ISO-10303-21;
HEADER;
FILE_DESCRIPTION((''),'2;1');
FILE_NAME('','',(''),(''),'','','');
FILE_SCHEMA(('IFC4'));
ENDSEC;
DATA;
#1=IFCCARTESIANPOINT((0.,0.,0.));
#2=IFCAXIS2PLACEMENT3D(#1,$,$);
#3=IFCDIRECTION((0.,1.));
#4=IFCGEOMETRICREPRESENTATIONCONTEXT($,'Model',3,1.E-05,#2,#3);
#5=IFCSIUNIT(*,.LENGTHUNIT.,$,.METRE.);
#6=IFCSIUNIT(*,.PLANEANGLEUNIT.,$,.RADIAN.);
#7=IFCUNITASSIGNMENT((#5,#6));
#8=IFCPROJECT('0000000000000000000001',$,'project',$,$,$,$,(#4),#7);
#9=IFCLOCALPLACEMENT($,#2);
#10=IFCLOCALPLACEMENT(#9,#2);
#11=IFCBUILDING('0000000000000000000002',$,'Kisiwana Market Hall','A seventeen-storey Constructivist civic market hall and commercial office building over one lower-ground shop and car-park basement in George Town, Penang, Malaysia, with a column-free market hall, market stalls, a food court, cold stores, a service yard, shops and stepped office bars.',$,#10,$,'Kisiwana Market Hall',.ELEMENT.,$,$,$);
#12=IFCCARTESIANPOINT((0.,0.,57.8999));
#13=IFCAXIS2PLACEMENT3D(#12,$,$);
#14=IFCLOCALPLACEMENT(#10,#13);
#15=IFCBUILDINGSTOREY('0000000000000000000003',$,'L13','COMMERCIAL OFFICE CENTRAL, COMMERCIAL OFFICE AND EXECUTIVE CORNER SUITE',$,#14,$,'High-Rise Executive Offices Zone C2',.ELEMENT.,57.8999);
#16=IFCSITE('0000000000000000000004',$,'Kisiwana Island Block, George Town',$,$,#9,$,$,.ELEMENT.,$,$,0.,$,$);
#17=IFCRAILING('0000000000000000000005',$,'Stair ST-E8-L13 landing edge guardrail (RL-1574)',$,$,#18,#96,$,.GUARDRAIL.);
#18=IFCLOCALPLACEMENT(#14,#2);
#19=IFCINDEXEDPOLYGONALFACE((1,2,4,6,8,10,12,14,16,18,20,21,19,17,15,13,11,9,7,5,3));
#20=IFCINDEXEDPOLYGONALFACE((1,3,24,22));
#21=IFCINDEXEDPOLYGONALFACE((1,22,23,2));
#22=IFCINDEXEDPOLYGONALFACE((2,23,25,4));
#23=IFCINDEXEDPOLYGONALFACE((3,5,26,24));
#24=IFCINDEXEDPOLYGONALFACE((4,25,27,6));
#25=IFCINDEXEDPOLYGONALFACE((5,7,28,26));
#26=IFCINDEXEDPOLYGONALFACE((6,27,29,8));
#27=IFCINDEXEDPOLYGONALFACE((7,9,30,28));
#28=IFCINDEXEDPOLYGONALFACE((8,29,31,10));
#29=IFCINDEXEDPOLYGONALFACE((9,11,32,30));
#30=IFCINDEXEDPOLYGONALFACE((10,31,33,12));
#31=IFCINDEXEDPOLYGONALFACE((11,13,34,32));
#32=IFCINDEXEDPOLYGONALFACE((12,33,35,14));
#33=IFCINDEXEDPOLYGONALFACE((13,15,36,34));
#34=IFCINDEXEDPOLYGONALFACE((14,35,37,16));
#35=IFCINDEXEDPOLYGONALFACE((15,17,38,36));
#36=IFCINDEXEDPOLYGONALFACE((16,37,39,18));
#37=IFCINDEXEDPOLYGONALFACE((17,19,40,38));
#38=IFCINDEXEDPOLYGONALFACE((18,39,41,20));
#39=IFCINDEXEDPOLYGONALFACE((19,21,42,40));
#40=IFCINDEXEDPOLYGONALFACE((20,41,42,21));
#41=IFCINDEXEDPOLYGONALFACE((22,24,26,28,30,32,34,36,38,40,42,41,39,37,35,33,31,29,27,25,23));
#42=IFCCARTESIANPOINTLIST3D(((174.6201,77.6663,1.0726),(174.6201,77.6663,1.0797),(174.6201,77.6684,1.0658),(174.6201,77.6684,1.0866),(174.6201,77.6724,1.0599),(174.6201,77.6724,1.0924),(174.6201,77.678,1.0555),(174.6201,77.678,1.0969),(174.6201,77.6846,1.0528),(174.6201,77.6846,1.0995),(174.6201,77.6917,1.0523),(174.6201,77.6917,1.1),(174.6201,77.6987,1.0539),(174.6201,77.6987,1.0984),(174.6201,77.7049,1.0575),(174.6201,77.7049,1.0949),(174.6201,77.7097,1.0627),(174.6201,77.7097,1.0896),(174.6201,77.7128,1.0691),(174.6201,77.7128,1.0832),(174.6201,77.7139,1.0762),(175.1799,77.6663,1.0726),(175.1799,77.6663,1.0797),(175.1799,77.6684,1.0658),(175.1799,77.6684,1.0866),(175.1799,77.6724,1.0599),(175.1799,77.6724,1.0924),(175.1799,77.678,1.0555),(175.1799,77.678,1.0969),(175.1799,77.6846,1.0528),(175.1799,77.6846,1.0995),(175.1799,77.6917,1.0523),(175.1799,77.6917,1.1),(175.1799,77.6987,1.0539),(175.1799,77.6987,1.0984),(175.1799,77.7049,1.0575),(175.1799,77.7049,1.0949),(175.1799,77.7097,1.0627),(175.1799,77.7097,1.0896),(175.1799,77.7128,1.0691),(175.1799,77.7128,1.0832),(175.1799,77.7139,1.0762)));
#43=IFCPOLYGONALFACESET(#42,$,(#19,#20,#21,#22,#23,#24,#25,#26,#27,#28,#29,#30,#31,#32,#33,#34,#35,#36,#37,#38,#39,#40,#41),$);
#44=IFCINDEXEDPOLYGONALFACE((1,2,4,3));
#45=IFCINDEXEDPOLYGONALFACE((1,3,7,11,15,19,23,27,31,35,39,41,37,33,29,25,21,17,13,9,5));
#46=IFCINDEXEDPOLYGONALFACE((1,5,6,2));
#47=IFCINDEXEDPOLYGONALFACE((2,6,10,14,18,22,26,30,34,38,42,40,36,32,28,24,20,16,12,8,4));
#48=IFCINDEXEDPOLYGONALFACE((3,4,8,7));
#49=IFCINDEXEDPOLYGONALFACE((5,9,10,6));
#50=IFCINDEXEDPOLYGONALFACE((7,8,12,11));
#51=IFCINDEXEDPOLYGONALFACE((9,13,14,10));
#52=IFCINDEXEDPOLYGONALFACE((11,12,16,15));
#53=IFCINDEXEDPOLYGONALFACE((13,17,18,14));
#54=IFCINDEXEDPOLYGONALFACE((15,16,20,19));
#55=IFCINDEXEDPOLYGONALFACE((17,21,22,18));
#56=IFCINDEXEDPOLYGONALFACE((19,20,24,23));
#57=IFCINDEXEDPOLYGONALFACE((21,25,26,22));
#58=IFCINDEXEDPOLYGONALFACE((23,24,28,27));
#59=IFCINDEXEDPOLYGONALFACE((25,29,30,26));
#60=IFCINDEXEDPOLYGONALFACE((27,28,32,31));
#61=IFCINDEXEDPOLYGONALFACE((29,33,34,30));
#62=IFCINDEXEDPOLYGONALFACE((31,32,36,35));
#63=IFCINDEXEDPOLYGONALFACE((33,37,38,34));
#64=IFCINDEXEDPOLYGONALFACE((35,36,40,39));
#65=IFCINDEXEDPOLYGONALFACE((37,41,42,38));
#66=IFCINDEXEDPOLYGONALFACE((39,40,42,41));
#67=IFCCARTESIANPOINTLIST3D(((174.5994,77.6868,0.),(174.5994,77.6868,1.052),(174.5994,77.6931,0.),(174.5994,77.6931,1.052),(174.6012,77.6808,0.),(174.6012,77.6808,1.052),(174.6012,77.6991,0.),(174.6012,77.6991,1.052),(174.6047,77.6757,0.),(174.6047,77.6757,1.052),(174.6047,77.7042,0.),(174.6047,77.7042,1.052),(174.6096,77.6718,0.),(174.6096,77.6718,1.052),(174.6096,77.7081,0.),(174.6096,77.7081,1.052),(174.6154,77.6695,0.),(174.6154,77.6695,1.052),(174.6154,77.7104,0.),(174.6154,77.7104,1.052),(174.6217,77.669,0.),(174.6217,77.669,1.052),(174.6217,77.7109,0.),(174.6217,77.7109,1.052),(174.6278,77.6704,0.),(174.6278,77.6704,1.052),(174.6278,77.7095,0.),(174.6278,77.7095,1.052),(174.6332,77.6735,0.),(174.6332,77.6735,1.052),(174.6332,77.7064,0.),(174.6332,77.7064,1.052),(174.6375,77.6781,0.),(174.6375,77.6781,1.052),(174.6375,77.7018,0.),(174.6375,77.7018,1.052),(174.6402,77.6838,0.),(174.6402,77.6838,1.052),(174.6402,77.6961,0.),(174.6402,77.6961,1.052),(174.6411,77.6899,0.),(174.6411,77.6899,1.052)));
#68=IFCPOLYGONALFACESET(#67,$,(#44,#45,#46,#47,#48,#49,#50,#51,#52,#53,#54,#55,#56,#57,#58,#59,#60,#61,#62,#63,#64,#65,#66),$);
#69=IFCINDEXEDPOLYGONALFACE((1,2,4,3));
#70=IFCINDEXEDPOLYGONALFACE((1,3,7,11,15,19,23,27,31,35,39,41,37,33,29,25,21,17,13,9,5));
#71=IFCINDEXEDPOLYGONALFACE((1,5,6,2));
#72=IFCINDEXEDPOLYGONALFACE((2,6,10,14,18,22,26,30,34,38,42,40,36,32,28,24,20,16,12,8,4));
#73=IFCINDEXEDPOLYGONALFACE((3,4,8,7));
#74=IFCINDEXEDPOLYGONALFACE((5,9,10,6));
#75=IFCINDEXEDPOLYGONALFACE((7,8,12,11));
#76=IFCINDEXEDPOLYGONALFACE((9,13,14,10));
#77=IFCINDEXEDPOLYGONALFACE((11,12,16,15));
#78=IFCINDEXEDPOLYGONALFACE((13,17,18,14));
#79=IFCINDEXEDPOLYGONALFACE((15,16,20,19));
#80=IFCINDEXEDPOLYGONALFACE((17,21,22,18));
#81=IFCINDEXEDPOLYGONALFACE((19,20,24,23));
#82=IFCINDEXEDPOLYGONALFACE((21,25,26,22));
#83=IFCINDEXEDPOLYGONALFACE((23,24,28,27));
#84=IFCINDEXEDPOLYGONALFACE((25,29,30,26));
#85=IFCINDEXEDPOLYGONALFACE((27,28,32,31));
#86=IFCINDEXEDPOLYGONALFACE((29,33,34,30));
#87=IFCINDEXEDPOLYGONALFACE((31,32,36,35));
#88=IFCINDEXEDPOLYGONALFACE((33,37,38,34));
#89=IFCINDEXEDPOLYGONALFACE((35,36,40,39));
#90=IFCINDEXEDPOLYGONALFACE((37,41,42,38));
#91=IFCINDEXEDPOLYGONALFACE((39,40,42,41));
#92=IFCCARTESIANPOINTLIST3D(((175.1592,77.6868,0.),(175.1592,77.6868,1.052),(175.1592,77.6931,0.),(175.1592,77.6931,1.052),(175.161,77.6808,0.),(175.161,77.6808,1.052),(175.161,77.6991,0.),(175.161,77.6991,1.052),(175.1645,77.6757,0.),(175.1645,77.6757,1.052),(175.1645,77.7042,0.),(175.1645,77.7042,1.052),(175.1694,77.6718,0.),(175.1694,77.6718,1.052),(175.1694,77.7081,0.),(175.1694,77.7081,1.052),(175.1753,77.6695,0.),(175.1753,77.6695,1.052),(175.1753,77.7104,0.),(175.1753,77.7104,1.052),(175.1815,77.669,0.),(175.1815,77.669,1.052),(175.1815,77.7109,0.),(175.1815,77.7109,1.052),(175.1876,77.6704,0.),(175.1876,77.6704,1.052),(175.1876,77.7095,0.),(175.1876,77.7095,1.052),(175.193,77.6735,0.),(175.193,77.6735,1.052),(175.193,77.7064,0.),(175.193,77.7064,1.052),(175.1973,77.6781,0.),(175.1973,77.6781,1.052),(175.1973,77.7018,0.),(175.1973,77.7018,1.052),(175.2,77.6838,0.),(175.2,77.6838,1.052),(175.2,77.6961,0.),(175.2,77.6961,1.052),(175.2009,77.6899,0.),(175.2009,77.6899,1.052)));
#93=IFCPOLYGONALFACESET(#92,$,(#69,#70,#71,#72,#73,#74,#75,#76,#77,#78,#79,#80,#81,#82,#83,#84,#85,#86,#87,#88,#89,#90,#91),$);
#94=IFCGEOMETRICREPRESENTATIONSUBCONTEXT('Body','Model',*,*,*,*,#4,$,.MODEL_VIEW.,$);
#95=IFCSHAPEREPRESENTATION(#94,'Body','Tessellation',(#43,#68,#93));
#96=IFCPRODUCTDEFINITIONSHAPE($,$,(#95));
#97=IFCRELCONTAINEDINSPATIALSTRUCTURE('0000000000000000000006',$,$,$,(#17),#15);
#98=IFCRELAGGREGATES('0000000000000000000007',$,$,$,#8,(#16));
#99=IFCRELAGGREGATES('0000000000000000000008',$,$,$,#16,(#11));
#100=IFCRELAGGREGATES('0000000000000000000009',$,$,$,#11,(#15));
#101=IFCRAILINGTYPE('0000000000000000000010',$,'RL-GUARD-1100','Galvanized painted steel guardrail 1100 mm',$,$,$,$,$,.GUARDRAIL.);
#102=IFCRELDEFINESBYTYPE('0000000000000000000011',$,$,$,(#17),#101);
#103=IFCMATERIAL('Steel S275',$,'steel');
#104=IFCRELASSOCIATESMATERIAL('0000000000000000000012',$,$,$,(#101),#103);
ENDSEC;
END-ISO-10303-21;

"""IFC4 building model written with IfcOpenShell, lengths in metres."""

from ifc_helpers import new_model, si_unit, direction, frame, origin, origin_2d, place, context, subcontext, project, spatial, circle, extrude, material, type_object, element, save


model = new_model("IFC4")

# Units and contexts
model_context = context("Model", 3, precision=1e-05, world=origin(), true_north=direction((0.0, 1.0)))
body_context = subcontext(model_context, "Body", "Model", "MODEL_VIEW")
ifc_project = project(units=[si_unit("LENGTHUNIT", "METRE"), si_unit("PLANEANGLEUNIT", "RADIAN")], contexts=[model_context])

# Site, building, storey
site_placement = place(None, origin())
site = spatial("IfcSite", under=ifc_project, at=site_placement, Name="Kisiwana Island Block, George Town", CompositionType="ELEMENT", RefElevation=0.0)
building_placement = place(site_placement, origin())
building = spatial("IfcBuilding", under=site, at=building_placement, Name="Kisiwana Market Hall", Description="A seventeen-storey Constructivist civic market hall and commercial office building over one lower-ground shop and car-park basement in George Town, Penang, Malaysia, with a column-free market hall, market stalls, a food court, cold stores, a service yard, shops and stepped office bars.", LongName="Kisiwana Market Hall", CompositionType="ELEMENT")
storey_placement = place(building_placement, frame((0.0, 0.0, 57.8999)))
storey = spatial("IfcBuildingStorey", under=building, at=storey_placement, Name="L13", Description="COMMERCIAL OFFICE CENTRAL, COMMERCIAL OFFICE AND EXECUTIVE CORNER SUITE", LongName="High-Rise Executive Offices Zone C2", CompositionType="ELEMENT", Elevation=57.8999)

# Railing
ifc_material_1 = material(Name="Steel S275", Category="steel")
railing_type_1 = type_object("IfcRailingType", Name="RL-GUARD-1100", Description="Galvanized painted steel guardrail 1100 mm", PredefinedType="GUARDRAIL", material=ifc_material_1)
railing_1_placement = place(storey_placement, frame((174.6201, 77.6899, 0.0)))
element("IfcRailing", 1, at=railing_1_placement, inside=storey, type_object=railing_type_1, Name="Stair ST-E8-L13 landing edge guardrail (RL-1574)", PredefinedType="GUARDRAIL", context=body_context, shape_type="SweptSolid", body=[
    extrude(circle(Radius=0.0239, at=origin_2d()), frame((0.0, 0.0, 1.0762), z_axis=(1.0, 0.0, 0.0), x_axis=(0.0, 1.0, 0.0)), (0.0, 0.0, 1.0), 0.5598),
    extrude(circle(Radius=0.021, at=origin_2d()), origin(), (0.0, 0.0, 1.0), 1.052),
    extrude(circle(Radius=0.021, at=origin_2d()), frame((0.5598, 0.0, 0.0)), (0.0, 0.0, 1.0), 1.052),
])

save(model, "model.ifc")
